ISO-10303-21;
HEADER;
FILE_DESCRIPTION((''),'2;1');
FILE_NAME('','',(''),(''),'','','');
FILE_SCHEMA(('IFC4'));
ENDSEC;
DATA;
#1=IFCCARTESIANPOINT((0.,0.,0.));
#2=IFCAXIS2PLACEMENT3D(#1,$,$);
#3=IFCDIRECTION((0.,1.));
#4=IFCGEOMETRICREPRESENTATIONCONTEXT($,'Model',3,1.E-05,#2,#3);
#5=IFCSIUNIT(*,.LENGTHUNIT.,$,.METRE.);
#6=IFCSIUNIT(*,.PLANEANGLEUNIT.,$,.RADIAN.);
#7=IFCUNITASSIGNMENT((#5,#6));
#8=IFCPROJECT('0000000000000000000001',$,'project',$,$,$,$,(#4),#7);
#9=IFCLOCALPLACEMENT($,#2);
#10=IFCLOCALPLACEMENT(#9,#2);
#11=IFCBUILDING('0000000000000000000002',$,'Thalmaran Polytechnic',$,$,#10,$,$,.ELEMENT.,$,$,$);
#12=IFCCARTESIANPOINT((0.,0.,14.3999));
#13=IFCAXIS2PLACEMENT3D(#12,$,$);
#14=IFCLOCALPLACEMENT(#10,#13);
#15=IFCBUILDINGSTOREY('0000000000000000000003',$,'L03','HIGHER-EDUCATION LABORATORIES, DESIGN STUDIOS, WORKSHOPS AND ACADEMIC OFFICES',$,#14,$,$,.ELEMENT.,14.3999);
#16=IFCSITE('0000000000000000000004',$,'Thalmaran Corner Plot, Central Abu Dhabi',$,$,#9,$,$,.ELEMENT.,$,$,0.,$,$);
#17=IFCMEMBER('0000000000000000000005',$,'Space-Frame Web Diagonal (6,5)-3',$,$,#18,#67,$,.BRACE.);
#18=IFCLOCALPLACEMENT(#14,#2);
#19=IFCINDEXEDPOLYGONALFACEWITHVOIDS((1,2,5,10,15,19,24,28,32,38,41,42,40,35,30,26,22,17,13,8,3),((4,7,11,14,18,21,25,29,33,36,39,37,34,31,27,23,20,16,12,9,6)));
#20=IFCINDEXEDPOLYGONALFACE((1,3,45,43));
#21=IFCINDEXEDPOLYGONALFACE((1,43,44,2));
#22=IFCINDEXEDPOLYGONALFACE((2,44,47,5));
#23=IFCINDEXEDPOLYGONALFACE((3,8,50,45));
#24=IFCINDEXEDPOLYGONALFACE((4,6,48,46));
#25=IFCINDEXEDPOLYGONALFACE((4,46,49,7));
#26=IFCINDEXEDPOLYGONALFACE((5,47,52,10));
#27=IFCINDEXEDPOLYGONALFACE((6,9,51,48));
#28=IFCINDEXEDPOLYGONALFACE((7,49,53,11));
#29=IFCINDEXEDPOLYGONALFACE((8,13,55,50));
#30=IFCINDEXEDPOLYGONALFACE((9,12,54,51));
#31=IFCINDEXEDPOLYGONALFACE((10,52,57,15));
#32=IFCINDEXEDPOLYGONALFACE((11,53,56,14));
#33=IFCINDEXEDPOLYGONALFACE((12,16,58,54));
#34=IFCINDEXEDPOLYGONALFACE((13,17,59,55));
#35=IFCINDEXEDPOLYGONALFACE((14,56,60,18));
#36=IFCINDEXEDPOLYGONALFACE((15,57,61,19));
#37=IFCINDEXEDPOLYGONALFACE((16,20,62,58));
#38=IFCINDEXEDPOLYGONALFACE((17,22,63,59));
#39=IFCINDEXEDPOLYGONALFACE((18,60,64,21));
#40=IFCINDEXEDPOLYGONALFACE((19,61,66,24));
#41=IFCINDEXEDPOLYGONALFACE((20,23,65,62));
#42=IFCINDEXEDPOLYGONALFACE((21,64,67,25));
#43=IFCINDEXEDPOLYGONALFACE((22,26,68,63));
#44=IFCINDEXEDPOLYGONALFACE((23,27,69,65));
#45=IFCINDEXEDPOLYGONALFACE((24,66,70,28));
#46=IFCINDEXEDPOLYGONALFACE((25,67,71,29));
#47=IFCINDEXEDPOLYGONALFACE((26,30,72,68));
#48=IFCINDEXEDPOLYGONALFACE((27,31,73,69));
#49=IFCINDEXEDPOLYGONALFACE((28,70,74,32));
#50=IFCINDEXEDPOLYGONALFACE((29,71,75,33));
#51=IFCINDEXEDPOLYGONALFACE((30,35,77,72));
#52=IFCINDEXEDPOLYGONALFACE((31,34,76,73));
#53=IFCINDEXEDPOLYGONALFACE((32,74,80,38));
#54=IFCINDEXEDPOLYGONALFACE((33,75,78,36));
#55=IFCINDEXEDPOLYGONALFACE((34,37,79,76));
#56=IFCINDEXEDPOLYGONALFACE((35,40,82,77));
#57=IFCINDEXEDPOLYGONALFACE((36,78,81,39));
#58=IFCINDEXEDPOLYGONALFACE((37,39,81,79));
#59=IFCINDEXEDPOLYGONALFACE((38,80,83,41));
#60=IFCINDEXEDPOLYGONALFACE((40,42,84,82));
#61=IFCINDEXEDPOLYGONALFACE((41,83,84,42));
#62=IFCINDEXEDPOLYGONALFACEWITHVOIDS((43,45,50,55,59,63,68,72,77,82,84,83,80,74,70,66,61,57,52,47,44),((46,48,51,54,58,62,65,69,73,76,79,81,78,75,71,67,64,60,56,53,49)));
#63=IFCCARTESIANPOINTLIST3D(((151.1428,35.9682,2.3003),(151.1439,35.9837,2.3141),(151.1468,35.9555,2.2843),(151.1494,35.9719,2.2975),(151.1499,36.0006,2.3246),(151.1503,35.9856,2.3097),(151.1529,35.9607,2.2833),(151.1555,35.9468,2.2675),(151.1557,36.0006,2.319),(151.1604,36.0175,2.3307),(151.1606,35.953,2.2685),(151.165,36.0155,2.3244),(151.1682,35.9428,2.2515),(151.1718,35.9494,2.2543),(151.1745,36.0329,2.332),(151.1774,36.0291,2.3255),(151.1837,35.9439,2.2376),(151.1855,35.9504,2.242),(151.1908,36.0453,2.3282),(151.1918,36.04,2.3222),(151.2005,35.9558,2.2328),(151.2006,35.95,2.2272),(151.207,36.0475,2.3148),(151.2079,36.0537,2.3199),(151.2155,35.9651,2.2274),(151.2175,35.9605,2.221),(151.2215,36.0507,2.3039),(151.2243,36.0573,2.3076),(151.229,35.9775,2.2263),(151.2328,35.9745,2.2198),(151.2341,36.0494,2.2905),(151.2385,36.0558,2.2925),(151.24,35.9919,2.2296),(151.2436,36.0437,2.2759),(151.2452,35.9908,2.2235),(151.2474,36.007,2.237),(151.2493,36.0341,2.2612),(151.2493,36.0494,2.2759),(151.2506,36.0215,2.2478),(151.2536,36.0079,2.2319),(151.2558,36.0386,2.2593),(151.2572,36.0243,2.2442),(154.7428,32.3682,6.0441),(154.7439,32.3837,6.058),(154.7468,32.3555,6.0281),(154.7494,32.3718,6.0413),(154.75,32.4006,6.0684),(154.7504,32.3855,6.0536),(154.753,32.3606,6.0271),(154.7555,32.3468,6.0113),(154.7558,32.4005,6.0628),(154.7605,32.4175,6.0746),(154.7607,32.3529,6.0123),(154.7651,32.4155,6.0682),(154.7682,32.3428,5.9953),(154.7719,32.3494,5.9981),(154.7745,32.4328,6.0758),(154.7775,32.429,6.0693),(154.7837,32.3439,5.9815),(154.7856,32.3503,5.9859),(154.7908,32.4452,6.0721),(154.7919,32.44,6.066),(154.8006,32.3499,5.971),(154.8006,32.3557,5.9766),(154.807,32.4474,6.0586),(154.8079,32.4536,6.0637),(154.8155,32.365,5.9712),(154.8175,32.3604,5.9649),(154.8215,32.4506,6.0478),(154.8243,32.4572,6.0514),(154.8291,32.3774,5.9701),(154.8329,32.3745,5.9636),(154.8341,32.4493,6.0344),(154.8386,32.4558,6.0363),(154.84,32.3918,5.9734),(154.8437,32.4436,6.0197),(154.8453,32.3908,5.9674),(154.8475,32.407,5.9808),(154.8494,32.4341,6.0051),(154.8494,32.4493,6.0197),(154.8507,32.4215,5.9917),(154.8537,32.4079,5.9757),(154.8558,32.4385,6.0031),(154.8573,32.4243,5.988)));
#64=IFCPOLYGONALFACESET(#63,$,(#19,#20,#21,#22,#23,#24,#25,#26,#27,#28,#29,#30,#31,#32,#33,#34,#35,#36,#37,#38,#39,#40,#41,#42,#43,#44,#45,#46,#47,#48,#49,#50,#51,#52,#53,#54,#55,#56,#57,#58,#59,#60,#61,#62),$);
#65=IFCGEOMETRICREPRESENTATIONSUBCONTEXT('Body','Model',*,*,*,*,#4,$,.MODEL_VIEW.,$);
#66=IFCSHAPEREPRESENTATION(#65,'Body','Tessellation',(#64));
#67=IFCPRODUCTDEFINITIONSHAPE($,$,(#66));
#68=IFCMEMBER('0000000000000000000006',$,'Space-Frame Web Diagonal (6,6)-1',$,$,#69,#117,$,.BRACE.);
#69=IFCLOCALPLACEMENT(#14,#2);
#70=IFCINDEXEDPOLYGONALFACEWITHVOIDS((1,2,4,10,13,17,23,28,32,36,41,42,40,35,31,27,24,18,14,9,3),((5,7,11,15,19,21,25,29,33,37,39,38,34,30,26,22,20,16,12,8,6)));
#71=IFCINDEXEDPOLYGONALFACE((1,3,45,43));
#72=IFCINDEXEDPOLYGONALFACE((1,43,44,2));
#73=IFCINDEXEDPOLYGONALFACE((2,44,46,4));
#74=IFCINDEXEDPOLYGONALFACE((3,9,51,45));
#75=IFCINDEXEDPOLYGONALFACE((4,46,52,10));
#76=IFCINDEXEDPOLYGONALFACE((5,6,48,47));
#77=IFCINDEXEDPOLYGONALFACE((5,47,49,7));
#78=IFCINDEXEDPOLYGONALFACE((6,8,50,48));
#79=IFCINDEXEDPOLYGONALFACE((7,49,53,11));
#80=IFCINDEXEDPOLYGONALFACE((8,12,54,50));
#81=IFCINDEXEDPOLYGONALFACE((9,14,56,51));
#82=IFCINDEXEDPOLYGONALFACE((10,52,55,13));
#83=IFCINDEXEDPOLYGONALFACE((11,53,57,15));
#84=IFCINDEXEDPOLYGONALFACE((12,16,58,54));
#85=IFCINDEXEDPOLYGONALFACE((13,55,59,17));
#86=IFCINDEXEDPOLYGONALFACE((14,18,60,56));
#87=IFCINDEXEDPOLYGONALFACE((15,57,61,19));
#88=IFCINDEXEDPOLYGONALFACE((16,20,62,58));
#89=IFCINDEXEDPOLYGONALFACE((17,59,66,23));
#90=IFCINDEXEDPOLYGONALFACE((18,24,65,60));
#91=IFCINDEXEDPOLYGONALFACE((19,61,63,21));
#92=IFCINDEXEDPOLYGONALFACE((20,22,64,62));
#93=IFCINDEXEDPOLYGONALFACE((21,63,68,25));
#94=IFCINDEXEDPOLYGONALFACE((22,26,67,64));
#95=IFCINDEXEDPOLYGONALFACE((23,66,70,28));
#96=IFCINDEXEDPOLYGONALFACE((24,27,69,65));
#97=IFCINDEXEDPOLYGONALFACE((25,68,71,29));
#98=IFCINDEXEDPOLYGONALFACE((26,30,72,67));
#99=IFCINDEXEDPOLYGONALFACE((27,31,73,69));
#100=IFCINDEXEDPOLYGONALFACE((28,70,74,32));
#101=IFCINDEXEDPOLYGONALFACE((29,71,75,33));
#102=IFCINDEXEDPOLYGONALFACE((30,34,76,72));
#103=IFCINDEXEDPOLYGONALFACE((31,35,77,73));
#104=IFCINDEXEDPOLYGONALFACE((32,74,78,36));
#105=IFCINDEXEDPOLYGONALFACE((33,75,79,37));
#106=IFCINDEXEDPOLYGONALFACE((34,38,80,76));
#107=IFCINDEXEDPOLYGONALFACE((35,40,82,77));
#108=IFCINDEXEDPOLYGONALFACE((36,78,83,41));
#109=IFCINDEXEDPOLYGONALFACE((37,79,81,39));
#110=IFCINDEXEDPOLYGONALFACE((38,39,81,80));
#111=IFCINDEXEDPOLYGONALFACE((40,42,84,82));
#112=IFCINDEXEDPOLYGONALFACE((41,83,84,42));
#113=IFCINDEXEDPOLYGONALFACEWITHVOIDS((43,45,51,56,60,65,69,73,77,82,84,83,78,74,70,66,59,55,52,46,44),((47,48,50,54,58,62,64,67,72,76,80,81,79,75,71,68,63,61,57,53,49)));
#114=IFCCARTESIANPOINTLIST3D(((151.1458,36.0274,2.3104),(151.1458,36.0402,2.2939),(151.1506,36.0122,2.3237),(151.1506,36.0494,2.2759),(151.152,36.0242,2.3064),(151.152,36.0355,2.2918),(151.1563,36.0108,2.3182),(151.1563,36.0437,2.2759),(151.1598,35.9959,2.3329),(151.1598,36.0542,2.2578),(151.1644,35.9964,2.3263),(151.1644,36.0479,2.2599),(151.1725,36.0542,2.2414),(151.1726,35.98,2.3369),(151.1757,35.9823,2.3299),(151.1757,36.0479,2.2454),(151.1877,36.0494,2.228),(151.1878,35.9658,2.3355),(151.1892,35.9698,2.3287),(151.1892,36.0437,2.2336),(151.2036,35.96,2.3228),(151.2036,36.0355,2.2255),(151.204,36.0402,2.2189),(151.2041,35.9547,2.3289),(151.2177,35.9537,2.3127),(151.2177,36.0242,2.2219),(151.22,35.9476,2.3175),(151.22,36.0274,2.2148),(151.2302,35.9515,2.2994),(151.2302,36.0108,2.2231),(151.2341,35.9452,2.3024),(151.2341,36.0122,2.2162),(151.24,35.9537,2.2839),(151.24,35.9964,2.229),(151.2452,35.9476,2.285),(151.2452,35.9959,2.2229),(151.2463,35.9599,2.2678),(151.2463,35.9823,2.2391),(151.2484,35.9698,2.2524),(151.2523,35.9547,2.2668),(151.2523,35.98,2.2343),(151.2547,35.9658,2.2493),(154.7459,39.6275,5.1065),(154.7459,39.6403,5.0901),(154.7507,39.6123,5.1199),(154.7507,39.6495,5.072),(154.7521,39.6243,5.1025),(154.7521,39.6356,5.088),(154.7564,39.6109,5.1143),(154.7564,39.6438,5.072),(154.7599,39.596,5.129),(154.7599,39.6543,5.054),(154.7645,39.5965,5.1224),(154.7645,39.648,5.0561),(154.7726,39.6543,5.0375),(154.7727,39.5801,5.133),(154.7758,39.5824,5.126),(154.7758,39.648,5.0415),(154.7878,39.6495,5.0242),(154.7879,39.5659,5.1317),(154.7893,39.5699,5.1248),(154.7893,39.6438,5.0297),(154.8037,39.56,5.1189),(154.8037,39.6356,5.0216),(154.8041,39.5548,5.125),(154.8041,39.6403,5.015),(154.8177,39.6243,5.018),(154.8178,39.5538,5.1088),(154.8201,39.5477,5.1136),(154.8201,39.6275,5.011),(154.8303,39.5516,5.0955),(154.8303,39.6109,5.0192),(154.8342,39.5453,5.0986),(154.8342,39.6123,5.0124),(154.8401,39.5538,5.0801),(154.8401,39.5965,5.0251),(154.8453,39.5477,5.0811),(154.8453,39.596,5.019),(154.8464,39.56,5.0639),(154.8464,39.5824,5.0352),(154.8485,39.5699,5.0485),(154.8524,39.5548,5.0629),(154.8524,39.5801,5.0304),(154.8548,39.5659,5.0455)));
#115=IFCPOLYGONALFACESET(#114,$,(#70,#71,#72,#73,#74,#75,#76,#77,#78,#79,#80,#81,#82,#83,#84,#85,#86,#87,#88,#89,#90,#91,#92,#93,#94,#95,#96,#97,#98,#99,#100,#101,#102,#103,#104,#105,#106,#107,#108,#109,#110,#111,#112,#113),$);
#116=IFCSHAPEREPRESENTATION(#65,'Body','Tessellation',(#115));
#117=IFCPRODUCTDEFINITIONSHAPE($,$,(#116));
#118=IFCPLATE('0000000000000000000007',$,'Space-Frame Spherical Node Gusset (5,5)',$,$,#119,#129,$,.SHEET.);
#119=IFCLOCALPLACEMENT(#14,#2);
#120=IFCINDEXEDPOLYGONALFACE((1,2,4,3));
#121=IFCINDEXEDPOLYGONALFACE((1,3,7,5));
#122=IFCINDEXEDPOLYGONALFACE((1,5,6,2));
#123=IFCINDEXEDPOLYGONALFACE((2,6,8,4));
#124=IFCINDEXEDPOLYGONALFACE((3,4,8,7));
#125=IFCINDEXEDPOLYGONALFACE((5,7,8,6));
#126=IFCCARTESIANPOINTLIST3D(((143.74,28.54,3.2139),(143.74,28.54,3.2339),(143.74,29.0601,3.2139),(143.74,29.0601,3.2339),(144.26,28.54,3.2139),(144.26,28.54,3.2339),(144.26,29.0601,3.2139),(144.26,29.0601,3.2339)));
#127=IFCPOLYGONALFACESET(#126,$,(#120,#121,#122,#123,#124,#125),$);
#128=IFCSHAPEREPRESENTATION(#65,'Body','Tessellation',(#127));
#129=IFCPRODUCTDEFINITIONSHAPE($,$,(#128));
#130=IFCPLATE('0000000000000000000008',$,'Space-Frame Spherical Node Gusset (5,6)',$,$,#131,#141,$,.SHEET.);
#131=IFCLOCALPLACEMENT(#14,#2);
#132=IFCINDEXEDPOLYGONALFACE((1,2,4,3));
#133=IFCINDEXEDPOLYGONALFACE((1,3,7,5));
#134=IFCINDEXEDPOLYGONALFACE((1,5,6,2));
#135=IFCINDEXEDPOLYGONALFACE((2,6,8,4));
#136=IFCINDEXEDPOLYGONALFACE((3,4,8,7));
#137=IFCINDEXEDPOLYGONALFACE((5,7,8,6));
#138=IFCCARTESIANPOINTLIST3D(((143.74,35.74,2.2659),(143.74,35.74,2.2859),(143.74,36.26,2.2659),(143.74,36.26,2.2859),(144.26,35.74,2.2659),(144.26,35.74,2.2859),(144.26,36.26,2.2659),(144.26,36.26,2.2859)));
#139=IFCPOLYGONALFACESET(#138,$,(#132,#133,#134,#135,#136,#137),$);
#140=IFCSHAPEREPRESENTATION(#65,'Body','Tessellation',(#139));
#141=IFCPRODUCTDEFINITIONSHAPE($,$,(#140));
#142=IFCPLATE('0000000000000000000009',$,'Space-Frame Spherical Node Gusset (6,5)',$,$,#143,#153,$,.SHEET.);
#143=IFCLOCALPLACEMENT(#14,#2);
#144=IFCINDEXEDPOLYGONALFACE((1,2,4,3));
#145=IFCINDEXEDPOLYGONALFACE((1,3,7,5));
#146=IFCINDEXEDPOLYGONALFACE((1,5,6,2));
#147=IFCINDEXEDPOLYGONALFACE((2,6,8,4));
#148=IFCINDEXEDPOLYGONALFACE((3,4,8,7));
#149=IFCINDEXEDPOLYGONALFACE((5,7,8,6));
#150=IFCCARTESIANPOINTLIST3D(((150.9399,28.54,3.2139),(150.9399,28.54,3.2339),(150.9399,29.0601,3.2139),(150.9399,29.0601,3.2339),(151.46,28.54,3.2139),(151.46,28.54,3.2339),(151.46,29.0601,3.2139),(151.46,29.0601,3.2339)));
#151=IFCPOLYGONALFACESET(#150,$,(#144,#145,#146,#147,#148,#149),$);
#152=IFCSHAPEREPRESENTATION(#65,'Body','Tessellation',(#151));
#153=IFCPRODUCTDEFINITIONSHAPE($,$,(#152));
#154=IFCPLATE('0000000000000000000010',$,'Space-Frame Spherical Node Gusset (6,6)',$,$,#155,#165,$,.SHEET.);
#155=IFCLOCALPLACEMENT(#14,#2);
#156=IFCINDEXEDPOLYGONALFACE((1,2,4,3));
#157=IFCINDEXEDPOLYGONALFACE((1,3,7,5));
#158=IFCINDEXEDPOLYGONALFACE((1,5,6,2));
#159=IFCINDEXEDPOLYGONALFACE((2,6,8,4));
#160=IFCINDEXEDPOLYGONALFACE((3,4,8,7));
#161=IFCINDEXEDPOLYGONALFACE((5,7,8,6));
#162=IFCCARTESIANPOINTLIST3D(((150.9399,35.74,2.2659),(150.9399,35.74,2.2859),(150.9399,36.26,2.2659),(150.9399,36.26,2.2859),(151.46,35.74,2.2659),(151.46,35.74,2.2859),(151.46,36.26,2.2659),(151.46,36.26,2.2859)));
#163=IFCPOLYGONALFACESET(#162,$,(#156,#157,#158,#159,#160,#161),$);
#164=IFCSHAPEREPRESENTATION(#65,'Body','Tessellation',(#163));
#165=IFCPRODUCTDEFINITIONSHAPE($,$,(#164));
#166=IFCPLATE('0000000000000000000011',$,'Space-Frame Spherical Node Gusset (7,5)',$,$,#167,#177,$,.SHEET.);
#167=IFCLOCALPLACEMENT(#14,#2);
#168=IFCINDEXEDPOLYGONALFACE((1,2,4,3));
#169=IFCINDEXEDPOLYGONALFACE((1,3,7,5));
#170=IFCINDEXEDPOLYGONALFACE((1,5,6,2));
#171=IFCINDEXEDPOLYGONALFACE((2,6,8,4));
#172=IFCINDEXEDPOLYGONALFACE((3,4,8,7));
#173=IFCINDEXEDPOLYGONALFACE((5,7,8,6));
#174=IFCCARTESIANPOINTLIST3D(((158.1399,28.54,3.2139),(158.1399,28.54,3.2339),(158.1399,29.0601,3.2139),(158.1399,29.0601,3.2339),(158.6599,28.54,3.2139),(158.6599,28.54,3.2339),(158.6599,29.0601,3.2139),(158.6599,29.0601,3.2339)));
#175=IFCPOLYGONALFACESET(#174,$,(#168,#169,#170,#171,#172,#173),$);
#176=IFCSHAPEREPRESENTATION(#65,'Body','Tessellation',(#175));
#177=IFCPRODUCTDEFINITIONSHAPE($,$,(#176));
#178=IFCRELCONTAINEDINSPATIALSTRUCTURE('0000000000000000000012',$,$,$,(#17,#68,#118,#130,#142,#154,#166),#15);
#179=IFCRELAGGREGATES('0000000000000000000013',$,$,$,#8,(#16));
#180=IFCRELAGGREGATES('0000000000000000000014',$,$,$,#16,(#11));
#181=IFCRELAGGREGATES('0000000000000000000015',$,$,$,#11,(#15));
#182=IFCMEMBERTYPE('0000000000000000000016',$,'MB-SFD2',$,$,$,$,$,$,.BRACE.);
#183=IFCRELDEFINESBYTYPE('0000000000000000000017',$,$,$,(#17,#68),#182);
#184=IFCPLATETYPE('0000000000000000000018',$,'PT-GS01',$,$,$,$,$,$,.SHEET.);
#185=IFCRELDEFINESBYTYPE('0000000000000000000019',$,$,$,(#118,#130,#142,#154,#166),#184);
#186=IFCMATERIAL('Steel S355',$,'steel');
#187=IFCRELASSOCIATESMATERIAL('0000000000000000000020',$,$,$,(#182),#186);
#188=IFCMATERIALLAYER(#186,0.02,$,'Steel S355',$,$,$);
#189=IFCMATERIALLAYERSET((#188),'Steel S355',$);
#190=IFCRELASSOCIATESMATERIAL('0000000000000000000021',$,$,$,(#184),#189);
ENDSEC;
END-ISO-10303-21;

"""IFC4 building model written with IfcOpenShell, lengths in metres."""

from ifc_helpers import new_model, si_unit, direction, frame, origin, origin_2d, place, context, subcontext, project, spatial, rectangle, hollow_circle, extrude, material, layer, layer_set, material_profile, profile_set, type_object, element, save


model = new_model("IFC4")

# Units and contexts
model_context = context("Model", 3, precision=1e-05, world=origin(), true_north=direction((0.0, 1.0)))
body_context = subcontext(model_context, "Body", "Model", "MODEL_VIEW")
ifc_project = project(units=[si_unit("LENGTHUNIT", "METRE"), si_unit("PLANEANGLEUNIT", "RADIAN")], contexts=[model_context])

# Site, building, storey
site_placement = place(None, origin())
site = spatial("IfcSite", under=ifc_project, at=site_placement, Name="Thalmaran Corner Plot, Central Abu Dhabi", CompositionType="ELEMENT", RefElevation=0.0)
building_placement = place(site_placement, origin())
building = spatial("IfcBuilding", under=site, at=building_placement, Name="Thalmaran Polytechnic", CompositionType="ELEMENT")
storey_placement = place(building_placement, frame((0.0, 0.0, 14.3999)))
storey = spatial("IfcBuildingStorey", under=building, at=storey_placement, Name="L03", Description="HIGHER-EDUCATION LABORATORIES, DESIGN STUDIOS, WORKSHOPS AND ACADEMIC OFFICES", CompositionType="ELEMENT", Elevation=14.3999)

# Members
ifc_material = material(Name="Steel S355", Category="steel")
ifc_material_profile_1 = material_profile(ifc_material, hollow_circle(Radius=0.0698, WallThickness=0.0081, at=origin_2d()), Name="CHS 139.7x8.0")
ifc_profile_set_1 = profile_set([ifc_material_profile_1], Name="Steel S355")
member_type_1 = type_object("IfcMemberType", Name="MB-SFD2", PredefinedType="BRACE", material=ifc_profile_set_1)
member_1_placement = place(storey_placement, frame((151.2, 36.0, 2.2759), z_axis=(0.569666, -0.569666, 0.59242), x_axis=(0.707107, 0.707107, 0.0)))
element("IfcMember", 1, at=member_1_placement, inside=storey, type_object=member_type_1, Name="Space-Frame Web Diagonal (6,5)-3", PredefinedType="BRACE", context=body_context, shape_type="SweptSolid", body=[
    extrude(hollow_circle(Radius=0.0698, WallThickness=0.0081, at=origin_2d()), origin(), (0.0, 0.0, 1.0), 6.3196),
])
member_2_placement = place(storey_placement, frame((151.2, 36.0, 2.2759), z_axis=(0.619788, 0.619788, 0.48138), x_axis=(-0.707107, 0.707107, 0.0)))
element("IfcMember", 2, at=member_2_placement, inside=storey, type_object=member_type_1, Name="Space-Frame Web Diagonal (6,6)-1", PredefinedType="BRACE", context=body_context, shape_type="SweptSolid", body=[
    extrude(hollow_circle(Radius=0.0698, WallThickness=0.0081, at=origin_2d()), origin(), (0.0, 0.0, 1.0), 5.8086),
])

# Plates
ifc_layer = layer(ifc_material, 0.02, Name="Steel S355")
ifc_layer_set = layer_set([ifc_layer], Name="Steel S355")
plate_type = type_object("IfcPlateType", Name="PT-GS01", PredefinedType="SHEET", material=ifc_layer_set)
for number, where, z_axis, x_axis, name in (
    (3, (144.0, 28.8, 3.2139), (0.0, 0.0, 1.0), (1.0, 0.0, 0.0), "Space-Frame Spherical Node Gusset (5,5)"),
    (4, (144.0, 36.0, 2.2659), (0.0, 0.0, 1.0), (1.0, 0.0, 0.0), "Space-Frame Spherical Node Gusset (5,6)"),
    (5, (151.2, 28.8, 3.2139), (0.0, 0.0, 1.0), (1.0, 0.0, 0.0), "Space-Frame Spherical Node Gusset (6,5)"),
    (6, (151.2, 36.0, 2.2659), (0.0, 0.0, 1.0), (1.0, 0.0, 0.0), "Space-Frame Spherical Node Gusset (6,6)"),
    (7, (158.3999, 28.8, 3.2139), (0.0, 0.0, 1.0), (1.0, 0.0, 0.0), "Space-Frame Spherical Node Gusset (7,5)"),
):
    element("IfcPlate", number, at=place(storey_placement, frame(where, z_axis=z_axis, x_axis=x_axis)), inside=storey, type_object=plate_type, Name=name, PredefinedType="SHEET", context=body_context, shape_type="SweptSolid", body=[
        extrude(rectangle(XDim=0.52, YDim=0.52, at=origin_2d()), origin(), (0.0, 0.0, 1.0), 0.02),
    ])

save(model, "model.ifc")
